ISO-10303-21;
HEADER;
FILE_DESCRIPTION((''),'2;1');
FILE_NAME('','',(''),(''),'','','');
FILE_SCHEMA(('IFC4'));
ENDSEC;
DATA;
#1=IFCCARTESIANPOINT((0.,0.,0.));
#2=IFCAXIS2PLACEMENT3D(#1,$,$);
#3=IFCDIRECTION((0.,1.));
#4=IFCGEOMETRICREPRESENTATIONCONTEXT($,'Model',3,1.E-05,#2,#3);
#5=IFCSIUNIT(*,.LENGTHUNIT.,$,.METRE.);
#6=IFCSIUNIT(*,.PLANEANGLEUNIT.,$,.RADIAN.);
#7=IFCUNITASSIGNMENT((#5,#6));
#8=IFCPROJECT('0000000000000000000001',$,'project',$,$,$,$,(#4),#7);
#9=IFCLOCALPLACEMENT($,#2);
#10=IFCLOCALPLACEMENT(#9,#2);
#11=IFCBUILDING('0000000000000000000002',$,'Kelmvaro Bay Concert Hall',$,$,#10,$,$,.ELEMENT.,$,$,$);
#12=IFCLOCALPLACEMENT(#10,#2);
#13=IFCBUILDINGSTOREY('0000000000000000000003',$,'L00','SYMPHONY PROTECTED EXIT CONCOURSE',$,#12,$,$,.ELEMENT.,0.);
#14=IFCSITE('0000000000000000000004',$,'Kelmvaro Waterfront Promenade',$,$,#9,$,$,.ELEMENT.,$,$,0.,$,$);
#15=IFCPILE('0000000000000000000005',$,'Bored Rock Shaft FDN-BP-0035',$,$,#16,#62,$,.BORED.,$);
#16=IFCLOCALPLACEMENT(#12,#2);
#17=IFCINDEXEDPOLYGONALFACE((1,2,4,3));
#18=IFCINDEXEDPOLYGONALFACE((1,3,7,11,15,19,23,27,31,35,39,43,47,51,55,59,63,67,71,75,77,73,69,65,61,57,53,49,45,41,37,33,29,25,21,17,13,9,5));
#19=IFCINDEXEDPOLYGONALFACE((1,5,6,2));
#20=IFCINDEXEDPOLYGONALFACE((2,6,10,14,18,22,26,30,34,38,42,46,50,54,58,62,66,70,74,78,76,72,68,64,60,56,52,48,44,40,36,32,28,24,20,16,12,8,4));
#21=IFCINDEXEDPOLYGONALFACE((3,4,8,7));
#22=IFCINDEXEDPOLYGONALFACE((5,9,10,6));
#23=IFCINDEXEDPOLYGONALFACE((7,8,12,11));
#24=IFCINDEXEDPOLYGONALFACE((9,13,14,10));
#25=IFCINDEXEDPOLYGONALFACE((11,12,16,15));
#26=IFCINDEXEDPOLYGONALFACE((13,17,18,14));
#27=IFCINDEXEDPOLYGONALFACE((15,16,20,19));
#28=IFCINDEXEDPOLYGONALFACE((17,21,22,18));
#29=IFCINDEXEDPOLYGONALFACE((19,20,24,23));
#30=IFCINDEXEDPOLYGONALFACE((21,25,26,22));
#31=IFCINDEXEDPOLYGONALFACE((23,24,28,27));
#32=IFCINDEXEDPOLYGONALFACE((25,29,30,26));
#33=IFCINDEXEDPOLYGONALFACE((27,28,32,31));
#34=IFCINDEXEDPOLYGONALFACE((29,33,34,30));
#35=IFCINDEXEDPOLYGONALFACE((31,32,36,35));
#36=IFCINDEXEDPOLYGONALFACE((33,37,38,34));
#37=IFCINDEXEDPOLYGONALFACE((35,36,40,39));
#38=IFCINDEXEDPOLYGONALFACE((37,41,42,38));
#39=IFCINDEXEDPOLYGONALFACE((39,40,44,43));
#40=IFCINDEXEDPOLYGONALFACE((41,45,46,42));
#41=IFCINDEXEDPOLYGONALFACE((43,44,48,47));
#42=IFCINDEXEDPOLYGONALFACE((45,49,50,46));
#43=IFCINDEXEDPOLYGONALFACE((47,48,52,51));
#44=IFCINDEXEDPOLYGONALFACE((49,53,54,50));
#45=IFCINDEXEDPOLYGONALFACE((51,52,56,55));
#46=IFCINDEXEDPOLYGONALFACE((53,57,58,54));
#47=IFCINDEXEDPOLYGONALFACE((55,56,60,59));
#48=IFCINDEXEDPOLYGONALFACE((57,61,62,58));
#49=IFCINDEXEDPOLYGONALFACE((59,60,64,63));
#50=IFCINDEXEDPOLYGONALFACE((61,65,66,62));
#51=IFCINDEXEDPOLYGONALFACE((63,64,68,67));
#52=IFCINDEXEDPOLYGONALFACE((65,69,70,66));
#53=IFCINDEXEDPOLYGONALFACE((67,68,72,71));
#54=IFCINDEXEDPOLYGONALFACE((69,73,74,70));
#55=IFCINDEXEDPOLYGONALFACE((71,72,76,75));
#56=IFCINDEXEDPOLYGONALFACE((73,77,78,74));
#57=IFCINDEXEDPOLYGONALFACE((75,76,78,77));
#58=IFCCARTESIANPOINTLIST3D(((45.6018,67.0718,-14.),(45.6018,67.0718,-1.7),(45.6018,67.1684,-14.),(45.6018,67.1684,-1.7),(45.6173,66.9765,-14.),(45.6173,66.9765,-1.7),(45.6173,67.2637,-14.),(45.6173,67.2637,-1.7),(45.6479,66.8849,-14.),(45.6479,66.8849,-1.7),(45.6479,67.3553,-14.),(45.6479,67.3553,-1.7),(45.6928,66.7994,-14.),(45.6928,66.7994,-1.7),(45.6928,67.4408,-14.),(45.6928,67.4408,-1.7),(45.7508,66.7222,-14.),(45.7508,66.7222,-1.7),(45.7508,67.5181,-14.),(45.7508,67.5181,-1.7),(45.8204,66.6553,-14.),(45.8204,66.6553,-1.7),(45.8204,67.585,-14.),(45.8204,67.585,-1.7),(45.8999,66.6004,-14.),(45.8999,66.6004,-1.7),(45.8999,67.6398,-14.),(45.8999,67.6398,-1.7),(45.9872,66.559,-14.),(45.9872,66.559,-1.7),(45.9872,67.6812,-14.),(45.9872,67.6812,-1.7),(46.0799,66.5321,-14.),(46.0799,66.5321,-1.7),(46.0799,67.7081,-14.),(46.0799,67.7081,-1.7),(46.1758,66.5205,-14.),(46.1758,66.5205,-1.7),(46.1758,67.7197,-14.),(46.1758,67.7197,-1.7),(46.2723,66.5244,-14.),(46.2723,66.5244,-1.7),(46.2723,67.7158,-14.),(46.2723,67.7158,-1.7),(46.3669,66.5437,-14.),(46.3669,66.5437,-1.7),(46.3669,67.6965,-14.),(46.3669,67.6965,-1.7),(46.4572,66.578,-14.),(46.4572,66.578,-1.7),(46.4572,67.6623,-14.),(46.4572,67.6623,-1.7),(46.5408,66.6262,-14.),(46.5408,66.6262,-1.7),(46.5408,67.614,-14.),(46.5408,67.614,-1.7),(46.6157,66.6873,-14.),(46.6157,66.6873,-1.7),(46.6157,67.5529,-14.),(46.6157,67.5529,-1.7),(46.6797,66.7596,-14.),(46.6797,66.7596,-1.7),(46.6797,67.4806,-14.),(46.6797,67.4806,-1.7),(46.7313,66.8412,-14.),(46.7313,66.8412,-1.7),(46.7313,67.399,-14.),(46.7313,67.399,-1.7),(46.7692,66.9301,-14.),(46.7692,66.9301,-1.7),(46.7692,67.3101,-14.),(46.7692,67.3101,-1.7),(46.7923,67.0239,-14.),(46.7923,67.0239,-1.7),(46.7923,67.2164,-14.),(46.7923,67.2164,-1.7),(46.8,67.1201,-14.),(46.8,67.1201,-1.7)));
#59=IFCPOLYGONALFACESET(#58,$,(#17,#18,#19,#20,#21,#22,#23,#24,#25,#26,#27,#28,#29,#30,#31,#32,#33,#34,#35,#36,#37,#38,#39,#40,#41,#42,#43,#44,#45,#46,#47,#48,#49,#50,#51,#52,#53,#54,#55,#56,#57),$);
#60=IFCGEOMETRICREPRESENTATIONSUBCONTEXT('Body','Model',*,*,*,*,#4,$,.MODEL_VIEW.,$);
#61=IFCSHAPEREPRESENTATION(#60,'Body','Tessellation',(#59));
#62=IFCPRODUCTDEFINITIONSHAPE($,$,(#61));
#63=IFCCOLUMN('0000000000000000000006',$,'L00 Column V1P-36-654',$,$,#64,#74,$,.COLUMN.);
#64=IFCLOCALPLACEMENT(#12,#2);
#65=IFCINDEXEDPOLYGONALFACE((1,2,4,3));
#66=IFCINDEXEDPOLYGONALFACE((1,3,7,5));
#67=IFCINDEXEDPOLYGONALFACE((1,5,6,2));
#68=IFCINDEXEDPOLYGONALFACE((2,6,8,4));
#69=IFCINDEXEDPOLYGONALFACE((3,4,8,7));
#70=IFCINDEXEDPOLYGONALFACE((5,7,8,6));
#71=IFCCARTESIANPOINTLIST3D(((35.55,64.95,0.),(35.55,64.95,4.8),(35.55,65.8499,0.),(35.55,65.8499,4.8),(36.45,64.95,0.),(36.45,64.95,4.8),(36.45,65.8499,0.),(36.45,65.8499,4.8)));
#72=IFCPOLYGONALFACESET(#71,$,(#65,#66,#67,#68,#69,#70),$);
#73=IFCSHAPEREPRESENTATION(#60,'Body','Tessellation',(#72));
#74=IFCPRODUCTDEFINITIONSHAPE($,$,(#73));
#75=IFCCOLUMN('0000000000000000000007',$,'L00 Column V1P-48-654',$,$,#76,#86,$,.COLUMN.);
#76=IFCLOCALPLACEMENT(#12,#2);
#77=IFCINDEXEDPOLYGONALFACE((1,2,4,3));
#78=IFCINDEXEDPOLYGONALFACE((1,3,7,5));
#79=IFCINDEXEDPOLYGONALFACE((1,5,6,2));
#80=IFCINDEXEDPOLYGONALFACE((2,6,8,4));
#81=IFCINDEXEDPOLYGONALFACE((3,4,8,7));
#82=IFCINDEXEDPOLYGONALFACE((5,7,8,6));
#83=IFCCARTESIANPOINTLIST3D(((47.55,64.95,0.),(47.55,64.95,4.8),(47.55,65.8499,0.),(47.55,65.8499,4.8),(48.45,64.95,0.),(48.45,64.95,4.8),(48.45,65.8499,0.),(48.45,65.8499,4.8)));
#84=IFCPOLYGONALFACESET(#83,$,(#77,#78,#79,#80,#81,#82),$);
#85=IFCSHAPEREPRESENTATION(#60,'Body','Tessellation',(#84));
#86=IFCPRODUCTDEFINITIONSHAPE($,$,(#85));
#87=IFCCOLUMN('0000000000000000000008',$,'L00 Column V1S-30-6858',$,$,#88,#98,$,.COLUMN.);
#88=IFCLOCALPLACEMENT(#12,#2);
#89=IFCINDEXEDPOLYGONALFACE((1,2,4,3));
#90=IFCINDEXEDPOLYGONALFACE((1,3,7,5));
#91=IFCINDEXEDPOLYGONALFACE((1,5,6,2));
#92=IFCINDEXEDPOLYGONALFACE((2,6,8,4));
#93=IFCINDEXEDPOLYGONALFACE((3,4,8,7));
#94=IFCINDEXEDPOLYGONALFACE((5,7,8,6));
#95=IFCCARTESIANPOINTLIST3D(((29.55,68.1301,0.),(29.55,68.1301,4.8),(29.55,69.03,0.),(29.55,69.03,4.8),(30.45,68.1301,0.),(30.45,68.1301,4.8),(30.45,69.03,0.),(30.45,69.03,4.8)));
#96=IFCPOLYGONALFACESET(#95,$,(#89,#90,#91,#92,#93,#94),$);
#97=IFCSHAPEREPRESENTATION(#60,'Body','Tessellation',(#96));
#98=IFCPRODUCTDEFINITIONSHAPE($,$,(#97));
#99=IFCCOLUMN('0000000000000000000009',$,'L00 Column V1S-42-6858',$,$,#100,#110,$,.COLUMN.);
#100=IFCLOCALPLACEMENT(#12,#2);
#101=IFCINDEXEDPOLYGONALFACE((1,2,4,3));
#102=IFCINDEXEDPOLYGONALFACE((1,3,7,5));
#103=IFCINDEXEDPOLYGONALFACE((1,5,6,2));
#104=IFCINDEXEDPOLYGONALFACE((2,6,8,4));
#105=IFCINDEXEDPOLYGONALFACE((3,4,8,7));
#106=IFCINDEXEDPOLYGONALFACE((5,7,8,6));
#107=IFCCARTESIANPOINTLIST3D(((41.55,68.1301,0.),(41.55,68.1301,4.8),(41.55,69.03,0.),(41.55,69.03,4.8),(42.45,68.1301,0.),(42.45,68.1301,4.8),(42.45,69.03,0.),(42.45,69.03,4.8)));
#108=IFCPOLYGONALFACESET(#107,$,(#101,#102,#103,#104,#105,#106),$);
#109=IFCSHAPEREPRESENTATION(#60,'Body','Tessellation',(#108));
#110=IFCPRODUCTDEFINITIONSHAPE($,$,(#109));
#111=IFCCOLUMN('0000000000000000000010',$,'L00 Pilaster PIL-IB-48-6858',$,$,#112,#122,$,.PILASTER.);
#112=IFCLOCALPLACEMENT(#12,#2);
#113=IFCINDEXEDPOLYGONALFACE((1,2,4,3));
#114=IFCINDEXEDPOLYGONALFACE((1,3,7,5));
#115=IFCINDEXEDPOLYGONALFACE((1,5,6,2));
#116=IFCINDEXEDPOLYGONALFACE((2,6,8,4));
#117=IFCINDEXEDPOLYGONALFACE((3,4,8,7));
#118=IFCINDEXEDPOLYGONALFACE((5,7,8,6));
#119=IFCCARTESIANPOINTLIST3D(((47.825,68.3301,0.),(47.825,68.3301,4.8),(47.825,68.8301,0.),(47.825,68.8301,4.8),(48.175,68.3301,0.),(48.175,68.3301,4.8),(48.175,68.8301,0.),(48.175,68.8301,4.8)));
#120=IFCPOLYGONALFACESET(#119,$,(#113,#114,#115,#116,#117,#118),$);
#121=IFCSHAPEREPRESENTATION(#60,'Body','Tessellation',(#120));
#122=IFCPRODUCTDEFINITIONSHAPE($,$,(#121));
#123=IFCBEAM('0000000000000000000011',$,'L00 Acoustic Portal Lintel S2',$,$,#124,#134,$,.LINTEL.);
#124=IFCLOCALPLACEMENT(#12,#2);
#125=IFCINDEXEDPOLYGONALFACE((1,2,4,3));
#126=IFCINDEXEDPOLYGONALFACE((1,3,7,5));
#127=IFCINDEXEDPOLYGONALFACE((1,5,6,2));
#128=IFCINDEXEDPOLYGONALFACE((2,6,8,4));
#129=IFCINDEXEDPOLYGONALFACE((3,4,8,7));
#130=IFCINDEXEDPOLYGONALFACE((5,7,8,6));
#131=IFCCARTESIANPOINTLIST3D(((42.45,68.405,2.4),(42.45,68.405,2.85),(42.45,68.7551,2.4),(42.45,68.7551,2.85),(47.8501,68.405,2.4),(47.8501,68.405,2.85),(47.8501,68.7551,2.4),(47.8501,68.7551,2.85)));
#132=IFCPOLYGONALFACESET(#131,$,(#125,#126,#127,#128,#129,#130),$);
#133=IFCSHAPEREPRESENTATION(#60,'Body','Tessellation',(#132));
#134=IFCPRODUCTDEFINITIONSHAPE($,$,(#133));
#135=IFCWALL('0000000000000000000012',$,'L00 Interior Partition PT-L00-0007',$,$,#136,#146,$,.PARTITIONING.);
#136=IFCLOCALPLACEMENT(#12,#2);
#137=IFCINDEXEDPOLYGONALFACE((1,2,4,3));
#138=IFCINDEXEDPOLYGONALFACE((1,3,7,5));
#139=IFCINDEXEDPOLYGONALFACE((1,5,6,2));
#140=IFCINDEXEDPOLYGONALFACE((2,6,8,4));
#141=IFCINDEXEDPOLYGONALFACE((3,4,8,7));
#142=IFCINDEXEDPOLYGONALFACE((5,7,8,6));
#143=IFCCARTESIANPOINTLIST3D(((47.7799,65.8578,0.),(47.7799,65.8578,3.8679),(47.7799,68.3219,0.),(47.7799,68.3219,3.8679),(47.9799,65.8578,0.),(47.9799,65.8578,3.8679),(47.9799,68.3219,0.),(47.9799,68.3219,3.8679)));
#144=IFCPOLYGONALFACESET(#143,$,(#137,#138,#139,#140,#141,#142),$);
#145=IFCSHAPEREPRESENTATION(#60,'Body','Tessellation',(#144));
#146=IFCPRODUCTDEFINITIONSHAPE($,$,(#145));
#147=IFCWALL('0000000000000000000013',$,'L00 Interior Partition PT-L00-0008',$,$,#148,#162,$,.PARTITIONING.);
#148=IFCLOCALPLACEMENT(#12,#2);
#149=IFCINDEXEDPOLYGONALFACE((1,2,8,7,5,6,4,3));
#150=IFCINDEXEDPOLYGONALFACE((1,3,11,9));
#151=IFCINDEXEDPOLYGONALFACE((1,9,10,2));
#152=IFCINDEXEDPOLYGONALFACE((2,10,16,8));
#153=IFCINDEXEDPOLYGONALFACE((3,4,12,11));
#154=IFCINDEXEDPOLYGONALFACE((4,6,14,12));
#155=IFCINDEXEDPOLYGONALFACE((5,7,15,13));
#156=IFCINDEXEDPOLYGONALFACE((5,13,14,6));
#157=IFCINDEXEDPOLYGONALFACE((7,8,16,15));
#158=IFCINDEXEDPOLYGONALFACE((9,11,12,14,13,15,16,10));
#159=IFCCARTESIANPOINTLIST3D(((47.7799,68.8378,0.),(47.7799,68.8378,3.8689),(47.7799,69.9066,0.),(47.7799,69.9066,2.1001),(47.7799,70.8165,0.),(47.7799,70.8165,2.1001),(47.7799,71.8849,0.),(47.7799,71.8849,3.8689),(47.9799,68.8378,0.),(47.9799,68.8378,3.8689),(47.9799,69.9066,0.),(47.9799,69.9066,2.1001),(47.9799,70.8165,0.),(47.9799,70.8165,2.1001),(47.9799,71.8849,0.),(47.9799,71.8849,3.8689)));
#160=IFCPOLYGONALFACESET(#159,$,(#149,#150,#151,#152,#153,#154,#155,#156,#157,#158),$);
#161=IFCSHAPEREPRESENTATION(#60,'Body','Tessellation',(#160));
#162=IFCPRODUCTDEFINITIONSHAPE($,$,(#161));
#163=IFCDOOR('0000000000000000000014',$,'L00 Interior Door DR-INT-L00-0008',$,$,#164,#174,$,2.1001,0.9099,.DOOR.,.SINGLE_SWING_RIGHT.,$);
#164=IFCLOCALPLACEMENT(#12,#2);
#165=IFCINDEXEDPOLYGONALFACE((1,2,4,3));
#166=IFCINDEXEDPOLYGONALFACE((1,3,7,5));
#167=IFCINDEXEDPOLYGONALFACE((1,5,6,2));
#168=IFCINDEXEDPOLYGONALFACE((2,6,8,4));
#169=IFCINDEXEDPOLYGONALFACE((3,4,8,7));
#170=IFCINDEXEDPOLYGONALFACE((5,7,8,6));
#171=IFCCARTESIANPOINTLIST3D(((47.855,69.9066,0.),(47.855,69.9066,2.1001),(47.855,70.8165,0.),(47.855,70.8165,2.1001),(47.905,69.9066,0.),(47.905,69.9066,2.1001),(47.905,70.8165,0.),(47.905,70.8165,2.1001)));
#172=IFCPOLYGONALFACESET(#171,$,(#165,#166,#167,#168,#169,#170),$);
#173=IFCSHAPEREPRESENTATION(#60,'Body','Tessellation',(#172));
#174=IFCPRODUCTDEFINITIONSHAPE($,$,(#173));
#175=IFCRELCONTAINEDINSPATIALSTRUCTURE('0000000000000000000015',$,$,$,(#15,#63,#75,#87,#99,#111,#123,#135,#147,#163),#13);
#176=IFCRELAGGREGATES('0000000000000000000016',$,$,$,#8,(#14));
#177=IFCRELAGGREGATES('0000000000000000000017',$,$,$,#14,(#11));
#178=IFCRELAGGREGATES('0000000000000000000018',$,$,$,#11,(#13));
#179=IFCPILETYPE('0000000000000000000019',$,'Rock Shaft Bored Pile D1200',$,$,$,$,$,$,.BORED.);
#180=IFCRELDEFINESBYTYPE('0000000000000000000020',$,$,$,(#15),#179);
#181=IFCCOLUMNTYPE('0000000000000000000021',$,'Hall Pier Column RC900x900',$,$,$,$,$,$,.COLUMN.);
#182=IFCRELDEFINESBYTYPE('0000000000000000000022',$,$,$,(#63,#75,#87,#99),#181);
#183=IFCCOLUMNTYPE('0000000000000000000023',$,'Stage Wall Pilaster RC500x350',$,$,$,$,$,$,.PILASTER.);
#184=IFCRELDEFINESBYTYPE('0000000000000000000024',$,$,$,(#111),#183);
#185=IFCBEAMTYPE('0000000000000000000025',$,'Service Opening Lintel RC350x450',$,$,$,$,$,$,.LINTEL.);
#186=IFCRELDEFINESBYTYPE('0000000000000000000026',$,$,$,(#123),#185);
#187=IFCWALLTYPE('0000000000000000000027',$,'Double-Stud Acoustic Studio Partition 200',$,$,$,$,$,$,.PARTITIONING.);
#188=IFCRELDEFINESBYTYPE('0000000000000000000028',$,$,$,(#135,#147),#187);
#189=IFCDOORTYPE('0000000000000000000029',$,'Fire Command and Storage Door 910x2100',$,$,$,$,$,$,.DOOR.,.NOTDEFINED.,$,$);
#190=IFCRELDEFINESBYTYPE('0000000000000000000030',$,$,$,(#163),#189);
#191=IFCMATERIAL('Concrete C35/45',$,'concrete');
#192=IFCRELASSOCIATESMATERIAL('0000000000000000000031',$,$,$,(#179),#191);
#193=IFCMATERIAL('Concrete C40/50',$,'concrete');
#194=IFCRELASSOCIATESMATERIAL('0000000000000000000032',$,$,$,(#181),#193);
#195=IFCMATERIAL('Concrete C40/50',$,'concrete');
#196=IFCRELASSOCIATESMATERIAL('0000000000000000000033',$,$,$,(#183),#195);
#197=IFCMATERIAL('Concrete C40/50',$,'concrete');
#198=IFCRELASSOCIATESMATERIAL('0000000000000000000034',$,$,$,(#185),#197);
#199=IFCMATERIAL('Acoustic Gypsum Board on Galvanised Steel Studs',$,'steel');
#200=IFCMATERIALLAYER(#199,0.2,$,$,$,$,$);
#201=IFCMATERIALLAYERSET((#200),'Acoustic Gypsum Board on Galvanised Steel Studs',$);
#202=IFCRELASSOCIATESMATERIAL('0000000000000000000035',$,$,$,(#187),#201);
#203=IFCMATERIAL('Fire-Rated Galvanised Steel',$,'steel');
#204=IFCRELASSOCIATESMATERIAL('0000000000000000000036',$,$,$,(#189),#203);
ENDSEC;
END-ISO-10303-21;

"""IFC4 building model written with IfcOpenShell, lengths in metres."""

from ifc_helpers import new_model, si_unit, direction, frame, frame_2d, origin, origin_2d, place, context, subcontext, project, spatial, rectangle, circle, extrude, material, layer, layer_set, material_profile, profile_set, type_object, element, fill, save


model = new_model("IFC4")

# Units and contexts
model_context = context("Model", 3, precision=1e-05, world=origin(), true_north=direction((0.0, 1.0)))
body_context = subcontext(model_context, "Body", "Model", "MODEL_VIEW")
ifc_project = project(units=[si_unit("LENGTHUNIT", "METRE"), si_unit("PLANEANGLEUNIT", "RADIAN")], contexts=[model_context])

# Site, building, storey
site_placement = place(None, origin())
site = spatial("IfcSite", under=ifc_project, at=site_placement, Name="Kelmvaro Waterfront Promenade", CompositionType="ELEMENT", RefElevation=0.0)
building_placement = place(site_placement, origin())
building = spatial("IfcBuilding", under=site, at=building_placement, Name="Kelmvaro Bay Concert Hall", CompositionType="ELEMENT")
storey_placement = place(building_placement, origin())
storey = spatial("IfcBuildingStorey", under=building, at=storey_placement, Name="L00", Description="SYMPHONY PROTECTED EXIT CONCOURSE", CompositionType="ELEMENT", Elevation=0.0)

# Pile
ifc_material_1 = material(Name="Concrete C35/45", Category="concrete")
ifc_material_profile_1 = material_profile(ifc_material_1, circle(Radius=0.6001, at=origin_2d()), Name="PILE-BORED-1200")
ifc_profile_set_1 = profile_set([ifc_material_profile_1], Name="Concrete C35/45")
pile_type_1 = type_object("IfcPileType", Name="Rock Shaft Bored Pile D1200", PredefinedType="BORED", material=ifc_profile_set_1)
for number, where, z_axis, x_axis, name in (
    (1, (46.2, 67.1201, -1.7), (0.0, 0.0, -1.0), (1.0, 0.0, 0.0), "Bored Rock Shaft FDN-BP-0035"),
):
    element("IfcPile", number, at=place(storey_placement, frame(where, z_axis=z_axis, x_axis=x_axis)), inside=storey, type_object=pile_type_1, Name=name, PredefinedType="BORED", context=body_context, shape_type="SweptSolid", body=[
        extrude(circle(Radius=0.6001, at=origin_2d()), origin(), (0.0, 0.0, 1.0), 12.3),
    ])

# Columns
ifc_material_2 = material(Name="Concrete C40/50", Category="concrete")
ifc_material_profile_2 = material_profile(ifc_material_2, rectangle(XDim=0.8999, YDim=0.8999, at=origin_2d()), Name="RC-COL-900X900")
ifc_profile_set_2 = profile_set([ifc_material_profile_2], Name="Concrete C40/50")
column_type_1 = type_object("IfcColumnType", Name="Hall Pier Column RC900x900", PredefinedType="COLUMN", material=ifc_profile_set_2)
for number, where, z_axis, x_axis, name in (
    (2, (36.0, 65.3999, 0.0), (0.0, 0.0, 1.0), (1.0, 0.0, 0.0), "L00 Column V1P-36-654"),
    (3, (48.0, 65.3999, 0.0), (0.0, 0.0, 1.0), (1.0, 0.0, 0.0), "L00 Column V1P-48-654"),
    (4, (30.0, 68.5801, 0.0), (0.0, 0.0, 1.0), (1.0, 0.0, 0.0), "L00 Column V1S-30-6858"),
    (5, (42.0, 68.5801, 0.0), (0.0, 0.0, 1.0), (1.0, 0.0, 0.0), "L00 Column V1S-42-6858"),
):
    element("IfcColumn", number, at=place(storey_placement, frame(where, z_axis=z_axis, x_axis=x_axis)), inside=storey, type_object=column_type_1, Name=name, PredefinedType="COLUMN", context=body_context, shape_type="SweptSolid", body=[
        extrude(rectangle(XDim=0.8999, YDim=0.8999, at=origin_2d()), origin(), (0.0, 0.0, 1.0), 4.8),
    ])
ifc_material_3 = material(Name="Concrete C40/50", Category="concrete")
ifc_material_profile_3 = material_profile(ifc_material_3, rectangle(XDim=0.3501, YDim=0.5, at=origin_2d()), Name="RC-PIL-500X350")
ifc_profile_set_3 = profile_set([ifc_material_profile_3], Name="Concrete C40/50")
column_type_2 = type_object("IfcColumnType", Name="Stage Wall Pilaster RC500x350", PredefinedType="PILASTER", material=ifc_profile_set_3)
column_placement = place(storey_placement, frame((48.0, 68.5801, 0.0), z_axis=(0.0, 0.0, 1.0), x_axis=(1.0, 0.0, 0.0)))
element("IfcColumn", 6, at=column_placement, inside=storey, type_object=column_type_2, Name="L00 Pilaster PIL-IB-48-6858", PredefinedType="PILASTER", context=body_context, shape_type="SweptSolid", body=[
    extrude(rectangle(XDim=0.3501, YDim=0.5, at=origin_2d()), origin(), (0.0, 0.0, 1.0), 4.8),
])

# Beam
ifc_material_4 = material(Name="Concrete C40/50", Category="concrete")
ifc_material_profile_4 = material_profile(ifc_material_4, rectangle(XDim=0.3501, YDim=0.45, at=origin_2d()), Name="RC-LNT-350X450")
ifc_profile_set_4 = profile_set([ifc_material_profile_4], Name="Concrete C40/50")
beam_type = type_object("IfcBeamType", Name="Service Opening Lintel RC350x450", PredefinedType="LINTEL", material=ifc_profile_set_4)
beam_placement = place(storey_placement, frame((42.45, 68.5801, 2.625), z_axis=(1.0, 0.0, 0.0), x_axis=(0.0, 1.0, 0.0)))
element("IfcBeam", 7, at=beam_placement, inside=storey, type_object=beam_type, Name="L00 Acoustic Portal Lintel S2", PredefinedType="LINTEL", context=body_context, shape_type="SweptSolid", body=[
    extrude(rectangle(XDim=0.3501, YDim=0.45, at=origin_2d()), origin(), (0.0, 0.0, 1.0), 5.4001),
])

# Wall
ifc_material_5 = material(Name="Acoustic Gypsum Board on Galvanised Steel Studs", Category="steel")
ifc_layer_1 = layer(ifc_material_5, 0.2)
ifc_layer_set_1 = layer_set([ifc_layer_1], Name="Acoustic Gypsum Board on Galvanised Steel Studs")
wall_type_1 = type_object("IfcWallType", Name="Double-Stud Acoustic Studio Partition 200", PredefinedType="PARTITIONING", material=ifc_layer_set_1)
wall_1_placement = place(storey_placement, frame((47.8799, 65.8579, 0.0), z_axis=(0.0, 0.0, 1.0), x_axis=(0.0, 1.0, 0.0)))
element("IfcWall", 8, at=wall_1_placement, inside=storey, type_object=wall_type_1, Name="L00 Interior Partition PT-L00-0007", PredefinedType="PARTITIONING", context=body_context, shape_type="SweptSolid", body=[
    extrude(rectangle(XDim=2.4641, YDim=0.2, at=frame_2d((1.2319, 0.0))), origin(), (0.0, 0.0, 1.0), 3.8679),
])

# Wall, opening, door
wall_2_placement = place(storey_placement, frame((47.8799, 68.8379, 0.0), z_axis=(0.0, 0.0, 1.0), x_axis=(0.0, 1.0, 0.0)))
wall_2 = element("IfcWall", 9, at=wall_2_placement, inside=storey, type_object=wall_type_1, Name="L00 Interior Partition PT-L00-0008", PredefinedType="PARTITIONING", context=body_context, shape_type="SweptSolid", body=[
    extrude(rectangle(XDim=3.0471, YDim=0.2, at=frame_2d((1.5234, 0.0))), origin(), (0.0, 0.0, 1.0), 3.8689),
])
opening_1_placement = place(wall_2_placement, frame((1.0686, 0.0, 0.0)))
opening_1 = element("IfcOpeningElement", 10, at=opening_1_placement, cuts=wall_2, PredefinedType="OPENING", context=body_context, shape_type="SweptSolid", body=[
    extrude(rectangle(XDim=0.9099, YDim=2.1001, at=frame_2d((0.4551, 1.05))), frame((0.0, 0.1099, 0.0), z_axis=(0.0, -1.0, 0.0), x_axis=(1.0, 0.0, 0.0)), (0.0, 0.0, 1.0), 0.22),
])
ifc_material_6 = material(Name="Fire-Rated Galvanised Steel", Category="steel")
door_type = type_object("IfcDoorType", Name="Fire Command and Storage Door 910x2100", OperationType="NOTDEFINED", PredefinedType="DOOR", material=ifc_material_6)
door_1_placement = place(opening_1_placement, origin())
door_1 = element("IfcDoor", 11, at=door_1_placement, inside=storey, type_object=door_type, Name="L00 Interior Door DR-INT-L00-0008", OperationType="SINGLE_SWING_RIGHT", OverallHeight=2.1001, OverallWidth=0.9099, PredefinedType="DOOR", context=body_context, shape_type="SweptSolid", body=[
    extrude(rectangle(XDim=0.9099, YDim=2.1001, at=frame_2d((0.4551, 1.05))), frame((0.0, 0.0249, 0.0), z_axis=(0.0, -1.0, 0.0), x_axis=(1.0, 0.0, 0.0)), (0.0, 0.0, 1.0), 0.05),
])
fill(opening_1, door_1)

save(model, "model.ifc")
